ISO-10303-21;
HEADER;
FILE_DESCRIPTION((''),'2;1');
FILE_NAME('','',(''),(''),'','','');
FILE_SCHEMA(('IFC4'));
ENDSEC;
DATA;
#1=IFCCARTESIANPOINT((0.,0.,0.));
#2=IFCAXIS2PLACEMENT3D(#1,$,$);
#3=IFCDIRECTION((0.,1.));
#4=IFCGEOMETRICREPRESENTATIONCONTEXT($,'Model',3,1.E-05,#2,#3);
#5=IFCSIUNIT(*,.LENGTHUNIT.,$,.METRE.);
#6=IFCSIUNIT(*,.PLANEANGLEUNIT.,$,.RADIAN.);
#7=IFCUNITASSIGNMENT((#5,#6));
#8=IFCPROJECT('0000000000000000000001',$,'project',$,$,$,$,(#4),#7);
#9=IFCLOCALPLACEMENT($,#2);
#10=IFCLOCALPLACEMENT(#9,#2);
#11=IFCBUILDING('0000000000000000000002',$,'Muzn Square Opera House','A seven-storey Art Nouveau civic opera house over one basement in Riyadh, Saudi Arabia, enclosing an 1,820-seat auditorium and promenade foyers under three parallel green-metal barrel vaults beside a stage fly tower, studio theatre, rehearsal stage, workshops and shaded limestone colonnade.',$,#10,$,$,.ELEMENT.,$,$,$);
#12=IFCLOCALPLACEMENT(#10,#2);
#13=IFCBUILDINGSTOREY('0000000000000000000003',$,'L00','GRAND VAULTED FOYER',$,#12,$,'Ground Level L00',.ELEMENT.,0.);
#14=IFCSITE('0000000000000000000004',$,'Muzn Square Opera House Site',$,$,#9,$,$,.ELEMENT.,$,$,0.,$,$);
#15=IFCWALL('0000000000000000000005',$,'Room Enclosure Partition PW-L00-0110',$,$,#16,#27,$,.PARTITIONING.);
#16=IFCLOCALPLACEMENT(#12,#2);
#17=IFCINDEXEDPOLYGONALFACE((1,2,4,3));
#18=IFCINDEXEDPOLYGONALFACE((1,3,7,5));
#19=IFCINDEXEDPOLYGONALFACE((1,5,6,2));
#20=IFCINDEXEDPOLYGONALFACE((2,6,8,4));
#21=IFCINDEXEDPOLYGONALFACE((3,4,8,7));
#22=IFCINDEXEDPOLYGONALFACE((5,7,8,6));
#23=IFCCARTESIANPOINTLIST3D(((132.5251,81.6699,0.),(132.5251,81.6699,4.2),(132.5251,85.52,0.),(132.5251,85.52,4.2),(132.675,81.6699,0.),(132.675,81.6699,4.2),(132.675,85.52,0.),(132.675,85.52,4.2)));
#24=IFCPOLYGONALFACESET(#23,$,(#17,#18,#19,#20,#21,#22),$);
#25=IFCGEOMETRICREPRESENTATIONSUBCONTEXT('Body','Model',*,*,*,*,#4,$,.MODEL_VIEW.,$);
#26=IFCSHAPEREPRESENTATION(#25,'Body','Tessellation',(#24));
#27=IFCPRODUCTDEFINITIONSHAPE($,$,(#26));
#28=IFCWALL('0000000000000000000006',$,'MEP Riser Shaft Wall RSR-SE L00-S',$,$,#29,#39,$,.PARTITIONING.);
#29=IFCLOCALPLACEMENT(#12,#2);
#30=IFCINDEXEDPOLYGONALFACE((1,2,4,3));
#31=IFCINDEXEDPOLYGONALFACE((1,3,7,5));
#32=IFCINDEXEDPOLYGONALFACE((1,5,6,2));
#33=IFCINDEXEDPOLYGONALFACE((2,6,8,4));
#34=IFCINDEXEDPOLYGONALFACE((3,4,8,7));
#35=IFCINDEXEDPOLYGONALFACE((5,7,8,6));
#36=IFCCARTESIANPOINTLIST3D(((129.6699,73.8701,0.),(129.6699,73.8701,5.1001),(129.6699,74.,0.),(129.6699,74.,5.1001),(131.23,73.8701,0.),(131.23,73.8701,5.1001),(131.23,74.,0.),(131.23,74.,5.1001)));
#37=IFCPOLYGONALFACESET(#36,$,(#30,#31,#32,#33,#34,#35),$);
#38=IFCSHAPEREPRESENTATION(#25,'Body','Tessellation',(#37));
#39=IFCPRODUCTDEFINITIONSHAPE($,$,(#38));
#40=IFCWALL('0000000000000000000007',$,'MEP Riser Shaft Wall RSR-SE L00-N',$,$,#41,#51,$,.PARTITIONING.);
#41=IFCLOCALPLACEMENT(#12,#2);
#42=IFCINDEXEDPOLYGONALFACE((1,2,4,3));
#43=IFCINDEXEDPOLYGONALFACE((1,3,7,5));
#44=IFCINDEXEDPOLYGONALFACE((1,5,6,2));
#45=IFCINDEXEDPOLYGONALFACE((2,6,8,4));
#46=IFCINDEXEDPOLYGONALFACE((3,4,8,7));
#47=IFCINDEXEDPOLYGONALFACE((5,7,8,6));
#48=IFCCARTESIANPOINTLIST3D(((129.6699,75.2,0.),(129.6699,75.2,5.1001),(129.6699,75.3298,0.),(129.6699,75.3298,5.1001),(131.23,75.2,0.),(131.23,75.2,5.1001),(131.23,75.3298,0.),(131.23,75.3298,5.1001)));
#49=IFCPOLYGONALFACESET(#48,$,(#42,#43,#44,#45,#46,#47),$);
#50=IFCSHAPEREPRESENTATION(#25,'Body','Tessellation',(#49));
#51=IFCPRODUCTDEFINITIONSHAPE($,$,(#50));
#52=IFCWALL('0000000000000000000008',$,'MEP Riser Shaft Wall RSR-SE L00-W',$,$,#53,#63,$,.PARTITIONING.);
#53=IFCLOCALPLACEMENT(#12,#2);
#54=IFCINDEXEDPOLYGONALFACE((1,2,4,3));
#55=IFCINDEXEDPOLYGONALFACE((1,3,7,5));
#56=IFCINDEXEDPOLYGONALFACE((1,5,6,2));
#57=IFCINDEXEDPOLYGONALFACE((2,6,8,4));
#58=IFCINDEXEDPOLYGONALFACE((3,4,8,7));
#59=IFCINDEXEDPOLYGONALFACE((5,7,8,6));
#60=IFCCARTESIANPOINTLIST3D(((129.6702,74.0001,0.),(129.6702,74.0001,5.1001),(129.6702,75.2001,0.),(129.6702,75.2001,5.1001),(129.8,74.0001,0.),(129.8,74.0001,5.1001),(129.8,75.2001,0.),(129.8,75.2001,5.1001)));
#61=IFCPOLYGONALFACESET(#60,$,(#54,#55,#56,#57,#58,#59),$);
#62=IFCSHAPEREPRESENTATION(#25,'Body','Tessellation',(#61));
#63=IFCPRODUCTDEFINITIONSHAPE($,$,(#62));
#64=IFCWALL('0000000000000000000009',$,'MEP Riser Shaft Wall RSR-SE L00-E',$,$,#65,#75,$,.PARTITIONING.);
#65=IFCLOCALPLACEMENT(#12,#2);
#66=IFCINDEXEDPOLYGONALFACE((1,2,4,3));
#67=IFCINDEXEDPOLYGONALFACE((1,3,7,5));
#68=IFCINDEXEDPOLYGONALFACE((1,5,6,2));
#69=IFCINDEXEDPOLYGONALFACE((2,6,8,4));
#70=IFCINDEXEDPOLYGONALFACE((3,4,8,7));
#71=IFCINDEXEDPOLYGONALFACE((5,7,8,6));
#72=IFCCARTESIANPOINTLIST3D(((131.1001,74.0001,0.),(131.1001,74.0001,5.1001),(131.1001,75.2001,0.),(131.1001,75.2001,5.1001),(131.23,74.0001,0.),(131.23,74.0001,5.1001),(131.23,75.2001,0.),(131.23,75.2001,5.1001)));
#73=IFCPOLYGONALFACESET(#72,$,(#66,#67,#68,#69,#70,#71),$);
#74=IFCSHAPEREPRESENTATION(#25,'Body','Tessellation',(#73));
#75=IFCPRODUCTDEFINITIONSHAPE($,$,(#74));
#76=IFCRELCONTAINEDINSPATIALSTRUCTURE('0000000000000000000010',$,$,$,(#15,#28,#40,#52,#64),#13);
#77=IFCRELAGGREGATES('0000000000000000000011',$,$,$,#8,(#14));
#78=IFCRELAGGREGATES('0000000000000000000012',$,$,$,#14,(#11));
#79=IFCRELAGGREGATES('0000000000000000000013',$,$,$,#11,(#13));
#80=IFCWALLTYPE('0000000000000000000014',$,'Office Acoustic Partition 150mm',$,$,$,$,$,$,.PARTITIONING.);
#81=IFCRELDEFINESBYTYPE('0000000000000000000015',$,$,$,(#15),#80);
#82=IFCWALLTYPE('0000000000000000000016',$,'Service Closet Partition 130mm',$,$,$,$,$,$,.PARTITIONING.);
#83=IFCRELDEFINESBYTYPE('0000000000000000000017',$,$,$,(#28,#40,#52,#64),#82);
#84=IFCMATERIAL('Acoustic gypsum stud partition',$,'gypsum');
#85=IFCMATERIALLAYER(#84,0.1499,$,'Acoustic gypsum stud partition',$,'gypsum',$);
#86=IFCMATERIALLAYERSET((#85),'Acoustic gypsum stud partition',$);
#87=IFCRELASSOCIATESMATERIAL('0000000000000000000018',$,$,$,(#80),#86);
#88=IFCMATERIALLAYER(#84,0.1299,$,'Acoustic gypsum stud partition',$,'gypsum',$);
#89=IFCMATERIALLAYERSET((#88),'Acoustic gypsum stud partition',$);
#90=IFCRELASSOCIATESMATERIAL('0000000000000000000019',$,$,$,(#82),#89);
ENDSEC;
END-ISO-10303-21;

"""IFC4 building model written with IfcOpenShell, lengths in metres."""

from ifc_helpers import new_model, si_unit, direction, frame, frame_2d, origin, place, context, subcontext, project, spatial, rectangle, extrude, material, layer, layer_set, type_object, element, save


model = new_model("IFC4")

# Units and contexts
model_context = context("Model", 3, precision=1e-05, world=origin(), true_north=direction((0.0, 1.0)))
body_context = subcontext(model_context, "Body", "Model", "MODEL_VIEW")
ifc_project = project(units=[si_unit("LENGTHUNIT", "METRE"), si_unit("PLANEANGLEUNIT", "RADIAN")], contexts=[model_context])

# Site, building, storey
site_placement = place(None, origin())
site = spatial("IfcSite", under=ifc_project, at=site_placement, Name="Muzn Square Opera House Site", CompositionType="ELEMENT", RefElevation=0.0)
building_placement = place(site_placement, origin())
building = spatial("IfcBuilding", under=site, at=building_placement, Name="Muzn Square Opera House", Description="A seven-storey Art Nouveau civic opera house over one basement in Riyadh, Saudi Arabia, enclosing an 1,820-seat auditorium and promenade foyers under three parallel green-metal barrel vaults beside a stage fly tower, studio theatre, rehearsal stage, workshops and shaded limestone colonnade.", CompositionType="ELEMENT")
storey_placement = place(building_placement, origin())
storey = spatial("IfcBuildingStorey", under=building, at=storey_placement, Name="L00", Description="GRAND VAULTED FOYER", LongName="Ground Level L00", CompositionType="ELEMENT", Elevation=0.0)

# Walls
ifc_material_1 = material(Name="Acoustic gypsum stud partition", Category="gypsum")
ifc_layer_1 = layer(ifc_material_1, 0.1499, Name="Acoustic gypsum stud partition", Category="gypsum")
ifc_layer_set_1 = layer_set([ifc_layer_1], Name="Acoustic gypsum stud partition")
wall_type_1 = type_object("IfcWallType", Name="Office Acoustic Partition 150mm", PredefinedType="PARTITIONING", material=ifc_layer_set_1)
wall_1_placement = place(storey_placement, frame((132.6001, 81.6699, 0.0), z_axis=(0.0, 0.0, 1.0), x_axis=(0.0, 1.0, 0.0)))
element("IfcWall", 1, at=wall_1_placement, inside=storey, type_object=wall_type_1, Name="Room Enclosure Partition PW-L00-0110", PredefinedType="PARTITIONING", context=body_context, shape_type="SweptSolid", body=[
    extrude(rectangle(XDim=3.8501, YDim=0.1499, at=frame_2d((1.925, 0.0))), origin(), (0.0, 0.0, 1.0), 4.2),
])
ifc_layer_2 = layer(ifc_material_1, 0.1299, Name="Acoustic gypsum stud partition", Category="gypsum")
ifc_layer_set_2 = layer_set([ifc_layer_2], Name="Acoustic gypsum stud partition")
wall_type_2 = type_object("IfcWallType", Name="Service Closet Partition 130mm", PredefinedType="PARTITIONING", material=ifc_layer_set_2)
for number, where, z_axis, x_axis, name in (
    (2, (129.6699, 73.9351, 0.0), (0.0, 0.0, 1.0), (1.0, 0.0, 0.0), "MEP Riser Shaft Wall RSR-SE L00-S"),
    (3, (129.6699, 75.2649, 0.0), (0.0, 0.0, 1.0), (1.0, 0.0, 0.0), "MEP Riser Shaft Wall RSR-SE L00-N"),
):
    element("IfcWall", number, at=place(storey_placement, frame(where, z_axis=z_axis, x_axis=x_axis)), inside=storey, type_object=wall_type_2, Name=name, PredefinedType="PARTITIONING", context=body_context, shape_type="SweptSolid", body=[
        extrude(rectangle(XDim=1.5601, YDim=0.1299, at=frame_2d((0.78, 0.0))), origin(), (0.0, 0.0, 1.0), 5.1001),
    ])
for number, where, z_axis, x_axis, name in (
    (4, (129.7351, 74.0, 0.0), (0.0, 0.0, 1.0), (0.0, 1.0, 0.0), "MEP Riser Shaft Wall RSR-SE L00-W"),
    (5, (131.165, 74.0, 0.0), (0.0, 0.0, 1.0), (0.0, 1.0, 0.0), "MEP Riser Shaft Wall RSR-SE L00-E"),
):
    element("IfcWall", number, at=place(storey_placement, frame(where, z_axis=z_axis, x_axis=x_axis)), inside=storey, type_object=wall_type_2, Name=name, PredefinedType="PARTITIONING", context=body_context, shape_type="SweptSolid", body=[
        extrude(rectangle(XDim=1.2, YDim=0.1299, at=frame_2d((0.6001, 0.0))), origin(), (0.0, 0.0, 1.0), 5.1001),
    ])

save(model, "model.ifc")
